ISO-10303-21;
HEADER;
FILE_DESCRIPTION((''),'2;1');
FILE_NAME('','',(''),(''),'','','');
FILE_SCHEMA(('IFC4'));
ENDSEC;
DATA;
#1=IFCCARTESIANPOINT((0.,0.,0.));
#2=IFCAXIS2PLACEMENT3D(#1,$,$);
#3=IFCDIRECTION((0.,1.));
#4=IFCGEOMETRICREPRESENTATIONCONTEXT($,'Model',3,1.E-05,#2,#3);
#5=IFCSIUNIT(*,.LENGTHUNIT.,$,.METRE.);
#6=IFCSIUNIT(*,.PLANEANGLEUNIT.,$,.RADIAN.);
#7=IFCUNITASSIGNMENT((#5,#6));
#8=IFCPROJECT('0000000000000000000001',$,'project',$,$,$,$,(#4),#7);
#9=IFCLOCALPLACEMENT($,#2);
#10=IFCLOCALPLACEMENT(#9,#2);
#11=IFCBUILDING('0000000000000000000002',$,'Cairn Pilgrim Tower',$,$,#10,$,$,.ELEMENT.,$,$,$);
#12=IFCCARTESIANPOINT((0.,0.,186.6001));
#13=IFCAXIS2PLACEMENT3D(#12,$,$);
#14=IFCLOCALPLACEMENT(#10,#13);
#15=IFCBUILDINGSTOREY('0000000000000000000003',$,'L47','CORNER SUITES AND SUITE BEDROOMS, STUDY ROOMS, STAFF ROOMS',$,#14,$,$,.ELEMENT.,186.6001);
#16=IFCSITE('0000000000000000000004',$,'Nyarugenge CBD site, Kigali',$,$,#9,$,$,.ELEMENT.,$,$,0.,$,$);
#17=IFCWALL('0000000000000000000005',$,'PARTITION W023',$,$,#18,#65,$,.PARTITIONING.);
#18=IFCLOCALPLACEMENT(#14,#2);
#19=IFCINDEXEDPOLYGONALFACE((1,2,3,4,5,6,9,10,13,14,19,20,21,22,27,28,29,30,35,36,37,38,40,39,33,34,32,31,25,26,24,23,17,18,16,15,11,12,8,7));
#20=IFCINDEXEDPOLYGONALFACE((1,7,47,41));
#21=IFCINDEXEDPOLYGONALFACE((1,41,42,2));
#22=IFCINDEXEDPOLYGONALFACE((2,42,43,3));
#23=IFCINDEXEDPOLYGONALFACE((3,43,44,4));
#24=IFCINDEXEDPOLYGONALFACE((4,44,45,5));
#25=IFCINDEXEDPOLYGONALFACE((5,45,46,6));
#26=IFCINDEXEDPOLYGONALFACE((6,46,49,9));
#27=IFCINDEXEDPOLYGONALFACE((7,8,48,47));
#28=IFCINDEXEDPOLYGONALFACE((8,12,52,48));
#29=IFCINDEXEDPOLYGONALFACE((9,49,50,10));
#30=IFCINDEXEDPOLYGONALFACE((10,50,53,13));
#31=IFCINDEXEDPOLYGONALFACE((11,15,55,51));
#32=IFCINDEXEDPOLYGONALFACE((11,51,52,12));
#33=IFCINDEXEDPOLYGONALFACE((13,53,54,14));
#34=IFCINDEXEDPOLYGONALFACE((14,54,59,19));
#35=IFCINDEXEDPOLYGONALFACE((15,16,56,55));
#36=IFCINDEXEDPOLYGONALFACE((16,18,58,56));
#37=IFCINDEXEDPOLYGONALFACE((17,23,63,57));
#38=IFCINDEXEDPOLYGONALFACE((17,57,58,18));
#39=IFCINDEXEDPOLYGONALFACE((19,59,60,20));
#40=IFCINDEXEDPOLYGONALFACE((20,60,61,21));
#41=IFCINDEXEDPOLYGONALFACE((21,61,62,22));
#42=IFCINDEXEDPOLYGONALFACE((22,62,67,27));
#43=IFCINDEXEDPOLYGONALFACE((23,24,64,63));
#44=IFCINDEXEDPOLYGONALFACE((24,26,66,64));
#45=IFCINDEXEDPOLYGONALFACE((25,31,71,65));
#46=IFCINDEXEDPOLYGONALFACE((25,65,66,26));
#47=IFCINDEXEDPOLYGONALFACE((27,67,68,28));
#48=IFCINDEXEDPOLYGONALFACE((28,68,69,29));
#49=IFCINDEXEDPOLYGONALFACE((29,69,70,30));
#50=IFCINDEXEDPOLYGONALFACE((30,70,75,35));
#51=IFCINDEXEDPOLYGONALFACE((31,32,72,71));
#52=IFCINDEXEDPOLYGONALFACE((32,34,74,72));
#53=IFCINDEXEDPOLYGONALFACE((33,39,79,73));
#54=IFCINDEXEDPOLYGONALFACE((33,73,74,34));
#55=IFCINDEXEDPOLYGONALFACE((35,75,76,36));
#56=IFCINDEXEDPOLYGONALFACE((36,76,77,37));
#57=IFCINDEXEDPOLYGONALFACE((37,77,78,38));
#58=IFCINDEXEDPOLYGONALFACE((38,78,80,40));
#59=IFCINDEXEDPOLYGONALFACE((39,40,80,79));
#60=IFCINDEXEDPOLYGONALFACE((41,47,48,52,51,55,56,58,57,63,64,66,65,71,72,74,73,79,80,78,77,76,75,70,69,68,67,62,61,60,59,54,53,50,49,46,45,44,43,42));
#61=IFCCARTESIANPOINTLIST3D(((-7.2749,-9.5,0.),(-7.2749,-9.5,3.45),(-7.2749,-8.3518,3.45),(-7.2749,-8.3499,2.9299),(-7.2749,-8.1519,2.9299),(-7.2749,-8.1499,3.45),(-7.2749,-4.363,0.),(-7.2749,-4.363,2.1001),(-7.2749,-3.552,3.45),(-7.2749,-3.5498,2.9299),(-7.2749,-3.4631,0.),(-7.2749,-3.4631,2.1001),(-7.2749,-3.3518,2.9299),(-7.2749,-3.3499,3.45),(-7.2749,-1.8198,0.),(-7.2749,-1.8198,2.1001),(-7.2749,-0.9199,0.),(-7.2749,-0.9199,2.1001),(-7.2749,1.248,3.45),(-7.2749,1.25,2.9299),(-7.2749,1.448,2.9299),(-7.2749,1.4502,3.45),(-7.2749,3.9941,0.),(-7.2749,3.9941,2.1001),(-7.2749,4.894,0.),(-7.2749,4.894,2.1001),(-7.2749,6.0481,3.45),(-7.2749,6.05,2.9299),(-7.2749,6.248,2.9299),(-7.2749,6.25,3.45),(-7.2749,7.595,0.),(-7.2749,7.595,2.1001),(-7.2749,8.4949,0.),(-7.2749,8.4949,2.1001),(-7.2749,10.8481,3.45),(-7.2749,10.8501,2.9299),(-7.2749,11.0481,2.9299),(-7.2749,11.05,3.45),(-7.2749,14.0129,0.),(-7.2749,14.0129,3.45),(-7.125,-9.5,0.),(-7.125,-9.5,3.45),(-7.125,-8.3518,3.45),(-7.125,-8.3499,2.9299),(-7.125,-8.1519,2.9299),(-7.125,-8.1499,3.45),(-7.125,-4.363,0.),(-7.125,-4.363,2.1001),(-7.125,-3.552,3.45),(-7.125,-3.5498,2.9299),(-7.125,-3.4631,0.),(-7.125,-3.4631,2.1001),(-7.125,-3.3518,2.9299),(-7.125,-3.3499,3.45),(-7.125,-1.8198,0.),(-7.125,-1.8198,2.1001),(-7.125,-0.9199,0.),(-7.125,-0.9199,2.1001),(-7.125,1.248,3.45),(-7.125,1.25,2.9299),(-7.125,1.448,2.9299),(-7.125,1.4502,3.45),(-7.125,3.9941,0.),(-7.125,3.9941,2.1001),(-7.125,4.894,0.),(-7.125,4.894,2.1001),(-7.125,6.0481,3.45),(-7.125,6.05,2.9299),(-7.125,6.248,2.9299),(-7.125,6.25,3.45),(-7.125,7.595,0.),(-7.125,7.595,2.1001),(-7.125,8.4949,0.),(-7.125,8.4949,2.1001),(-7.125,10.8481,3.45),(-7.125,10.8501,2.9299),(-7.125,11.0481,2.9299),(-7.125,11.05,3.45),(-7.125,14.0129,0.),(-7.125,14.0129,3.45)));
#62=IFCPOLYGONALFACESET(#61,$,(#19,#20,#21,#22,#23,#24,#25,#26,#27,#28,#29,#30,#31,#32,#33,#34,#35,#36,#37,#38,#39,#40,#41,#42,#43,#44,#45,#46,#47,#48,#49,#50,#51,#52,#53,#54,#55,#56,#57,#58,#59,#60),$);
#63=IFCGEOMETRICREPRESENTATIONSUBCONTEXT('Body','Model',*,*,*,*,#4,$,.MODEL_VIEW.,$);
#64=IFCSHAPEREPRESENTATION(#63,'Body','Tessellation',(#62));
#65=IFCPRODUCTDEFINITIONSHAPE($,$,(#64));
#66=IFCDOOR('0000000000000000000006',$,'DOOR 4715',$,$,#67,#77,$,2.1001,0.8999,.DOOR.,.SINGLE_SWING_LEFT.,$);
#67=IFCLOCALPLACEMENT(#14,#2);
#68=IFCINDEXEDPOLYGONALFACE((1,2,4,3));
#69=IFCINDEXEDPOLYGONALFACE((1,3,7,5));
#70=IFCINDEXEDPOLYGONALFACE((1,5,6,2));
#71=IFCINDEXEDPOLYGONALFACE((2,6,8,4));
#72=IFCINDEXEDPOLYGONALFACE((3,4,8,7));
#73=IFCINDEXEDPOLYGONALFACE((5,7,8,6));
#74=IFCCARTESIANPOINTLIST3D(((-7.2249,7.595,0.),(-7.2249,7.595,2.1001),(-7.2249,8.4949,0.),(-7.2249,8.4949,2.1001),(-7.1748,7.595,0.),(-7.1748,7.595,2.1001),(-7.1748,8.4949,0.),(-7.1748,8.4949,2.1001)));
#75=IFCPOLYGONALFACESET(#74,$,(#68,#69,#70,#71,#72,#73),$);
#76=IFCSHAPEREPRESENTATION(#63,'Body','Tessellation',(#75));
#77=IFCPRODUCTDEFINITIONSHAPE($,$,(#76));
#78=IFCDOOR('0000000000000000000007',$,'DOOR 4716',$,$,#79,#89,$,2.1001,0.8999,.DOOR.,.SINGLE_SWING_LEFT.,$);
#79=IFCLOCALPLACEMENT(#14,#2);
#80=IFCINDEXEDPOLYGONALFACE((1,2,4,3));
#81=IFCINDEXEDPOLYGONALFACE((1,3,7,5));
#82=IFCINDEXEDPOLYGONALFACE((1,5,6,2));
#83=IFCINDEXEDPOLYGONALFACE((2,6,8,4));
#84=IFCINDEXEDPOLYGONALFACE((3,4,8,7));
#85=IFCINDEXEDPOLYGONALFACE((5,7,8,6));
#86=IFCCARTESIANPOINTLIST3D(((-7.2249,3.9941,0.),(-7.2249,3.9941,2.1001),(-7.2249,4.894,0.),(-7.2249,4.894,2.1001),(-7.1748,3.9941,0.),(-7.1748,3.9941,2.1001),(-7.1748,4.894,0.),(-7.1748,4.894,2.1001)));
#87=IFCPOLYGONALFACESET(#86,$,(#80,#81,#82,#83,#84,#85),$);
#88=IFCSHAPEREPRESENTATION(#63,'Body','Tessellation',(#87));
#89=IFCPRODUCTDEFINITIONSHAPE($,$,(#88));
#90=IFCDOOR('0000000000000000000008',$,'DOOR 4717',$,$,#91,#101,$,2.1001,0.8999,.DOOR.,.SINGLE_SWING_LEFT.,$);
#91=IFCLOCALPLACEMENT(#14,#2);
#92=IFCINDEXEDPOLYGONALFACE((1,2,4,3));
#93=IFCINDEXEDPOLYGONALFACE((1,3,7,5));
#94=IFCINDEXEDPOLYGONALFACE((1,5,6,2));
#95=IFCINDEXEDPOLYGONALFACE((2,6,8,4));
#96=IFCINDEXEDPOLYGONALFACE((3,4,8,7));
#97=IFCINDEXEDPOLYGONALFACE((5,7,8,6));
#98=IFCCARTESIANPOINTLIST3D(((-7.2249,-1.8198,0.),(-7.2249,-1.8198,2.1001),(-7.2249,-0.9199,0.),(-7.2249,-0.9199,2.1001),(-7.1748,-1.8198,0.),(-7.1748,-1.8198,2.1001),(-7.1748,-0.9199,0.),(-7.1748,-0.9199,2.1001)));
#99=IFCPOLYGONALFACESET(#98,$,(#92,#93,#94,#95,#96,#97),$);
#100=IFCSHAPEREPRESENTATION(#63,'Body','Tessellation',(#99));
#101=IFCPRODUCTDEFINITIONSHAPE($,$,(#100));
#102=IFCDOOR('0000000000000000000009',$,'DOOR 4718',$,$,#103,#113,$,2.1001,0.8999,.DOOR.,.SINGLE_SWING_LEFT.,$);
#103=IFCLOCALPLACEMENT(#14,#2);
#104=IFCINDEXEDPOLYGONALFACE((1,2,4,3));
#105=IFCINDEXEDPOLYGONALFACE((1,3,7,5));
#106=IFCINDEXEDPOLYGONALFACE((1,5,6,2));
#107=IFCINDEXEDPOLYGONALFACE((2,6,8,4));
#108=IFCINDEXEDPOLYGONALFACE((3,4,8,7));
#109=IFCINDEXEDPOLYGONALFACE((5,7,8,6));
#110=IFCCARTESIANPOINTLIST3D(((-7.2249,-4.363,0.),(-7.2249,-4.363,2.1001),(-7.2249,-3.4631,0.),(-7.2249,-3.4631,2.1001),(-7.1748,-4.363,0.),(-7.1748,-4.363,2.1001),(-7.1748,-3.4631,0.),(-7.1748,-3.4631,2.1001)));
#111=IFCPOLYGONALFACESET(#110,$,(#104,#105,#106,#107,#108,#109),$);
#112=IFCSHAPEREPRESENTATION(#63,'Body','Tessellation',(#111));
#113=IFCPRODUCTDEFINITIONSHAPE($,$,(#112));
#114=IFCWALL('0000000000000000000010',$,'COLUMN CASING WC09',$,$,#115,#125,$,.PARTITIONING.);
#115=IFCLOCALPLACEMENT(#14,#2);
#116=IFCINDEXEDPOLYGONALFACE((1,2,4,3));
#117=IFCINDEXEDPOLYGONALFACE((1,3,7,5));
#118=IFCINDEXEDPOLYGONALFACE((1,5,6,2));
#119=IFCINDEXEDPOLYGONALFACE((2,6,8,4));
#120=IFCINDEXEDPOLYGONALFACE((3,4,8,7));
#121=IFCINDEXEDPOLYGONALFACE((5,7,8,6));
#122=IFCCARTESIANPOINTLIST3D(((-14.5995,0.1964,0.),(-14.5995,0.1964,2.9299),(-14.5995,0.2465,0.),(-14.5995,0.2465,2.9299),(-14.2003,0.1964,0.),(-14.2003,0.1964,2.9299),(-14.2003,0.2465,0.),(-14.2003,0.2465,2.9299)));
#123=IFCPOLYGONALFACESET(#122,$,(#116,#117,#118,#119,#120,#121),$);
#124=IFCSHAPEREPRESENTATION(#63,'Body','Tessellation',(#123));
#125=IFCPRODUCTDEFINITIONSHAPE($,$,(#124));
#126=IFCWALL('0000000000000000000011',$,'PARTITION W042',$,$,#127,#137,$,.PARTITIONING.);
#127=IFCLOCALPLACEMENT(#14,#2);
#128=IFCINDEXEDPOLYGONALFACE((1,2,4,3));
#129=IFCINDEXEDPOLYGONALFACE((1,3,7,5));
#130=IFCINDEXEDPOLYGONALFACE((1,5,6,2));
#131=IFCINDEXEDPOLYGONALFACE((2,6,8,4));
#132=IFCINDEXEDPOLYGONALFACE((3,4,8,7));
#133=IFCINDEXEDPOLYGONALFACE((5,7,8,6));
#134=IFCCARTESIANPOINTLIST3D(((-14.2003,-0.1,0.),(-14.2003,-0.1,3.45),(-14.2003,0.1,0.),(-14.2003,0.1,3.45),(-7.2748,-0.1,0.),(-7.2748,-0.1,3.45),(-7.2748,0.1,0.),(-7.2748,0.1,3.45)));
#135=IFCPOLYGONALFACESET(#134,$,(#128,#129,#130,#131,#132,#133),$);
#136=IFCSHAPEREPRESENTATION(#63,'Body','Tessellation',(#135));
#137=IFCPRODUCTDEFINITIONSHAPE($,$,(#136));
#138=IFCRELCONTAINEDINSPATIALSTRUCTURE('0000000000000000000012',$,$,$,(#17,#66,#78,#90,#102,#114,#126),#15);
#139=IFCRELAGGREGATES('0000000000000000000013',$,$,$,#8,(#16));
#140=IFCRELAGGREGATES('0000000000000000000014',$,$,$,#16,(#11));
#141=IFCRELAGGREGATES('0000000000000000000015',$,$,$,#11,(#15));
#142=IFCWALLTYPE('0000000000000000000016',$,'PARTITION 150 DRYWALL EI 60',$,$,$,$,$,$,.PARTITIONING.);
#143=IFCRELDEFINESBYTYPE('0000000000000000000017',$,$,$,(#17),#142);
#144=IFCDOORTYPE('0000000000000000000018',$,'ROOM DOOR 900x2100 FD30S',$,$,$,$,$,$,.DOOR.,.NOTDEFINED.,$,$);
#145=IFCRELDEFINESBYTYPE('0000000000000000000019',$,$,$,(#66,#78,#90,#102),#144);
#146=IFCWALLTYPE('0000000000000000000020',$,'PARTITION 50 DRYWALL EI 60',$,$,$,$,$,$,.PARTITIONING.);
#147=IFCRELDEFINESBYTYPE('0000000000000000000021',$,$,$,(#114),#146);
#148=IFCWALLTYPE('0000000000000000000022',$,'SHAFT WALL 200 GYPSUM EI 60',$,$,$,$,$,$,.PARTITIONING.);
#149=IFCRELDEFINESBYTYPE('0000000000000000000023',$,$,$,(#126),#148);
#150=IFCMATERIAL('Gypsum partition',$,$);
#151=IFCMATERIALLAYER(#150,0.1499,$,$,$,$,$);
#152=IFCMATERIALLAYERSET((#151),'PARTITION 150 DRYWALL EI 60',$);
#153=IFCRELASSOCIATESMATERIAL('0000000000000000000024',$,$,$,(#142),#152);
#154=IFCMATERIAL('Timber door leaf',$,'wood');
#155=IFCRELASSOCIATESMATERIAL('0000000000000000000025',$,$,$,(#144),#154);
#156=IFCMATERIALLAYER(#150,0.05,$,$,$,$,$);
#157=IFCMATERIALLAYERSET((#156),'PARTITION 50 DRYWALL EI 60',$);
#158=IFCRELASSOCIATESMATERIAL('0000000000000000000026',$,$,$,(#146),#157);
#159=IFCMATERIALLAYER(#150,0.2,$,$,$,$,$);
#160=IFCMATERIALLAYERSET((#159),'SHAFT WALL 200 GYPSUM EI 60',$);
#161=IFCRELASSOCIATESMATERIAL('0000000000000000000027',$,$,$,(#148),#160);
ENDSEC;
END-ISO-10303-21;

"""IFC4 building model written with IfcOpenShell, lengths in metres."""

from ifc_helpers import new_model, si_unit, direction, frame, frame_2d, origin, place, context, subcontext, project, spatial, polyline, rectangle, outline, extrude, material, layer, layer_set, type_object, element, fill, save


model = new_model("IFC4")

# Units and contexts
model_context = context("Model", 3, precision=1e-05, world=origin(), true_north=direction((0.0, 1.0)))
body_context = subcontext(model_context, "Body", "Model", "MODEL_VIEW")
ifc_project = project(units=[si_unit("LENGTHUNIT", "METRE"), si_unit("PLANEANGLEUNIT", "RADIAN")], contexts=[model_context])

# Site, building, storey
site_placement = place(None, origin())
site = spatial("IfcSite", under=ifc_project, at=site_placement, Name="Nyarugenge CBD site, Kigali", CompositionType="ELEMENT", RefElevation=0.0)
building_placement = place(site_placement, origin())
building = spatial("IfcBuilding", under=site, at=building_placement, Name="Cairn Pilgrim Tower", CompositionType="ELEMENT")
storey_placement = place(building_placement, frame((0.0, 0.0, 186.6001)))
storey = spatial("IfcBuildingStorey", under=building, at=storey_placement, Name="L47", Description="CORNER SUITES AND SUITE BEDROOMS, STUDY ROOMS, STAFF ROOMS", CompositionType="ELEMENT", Elevation=186.6001)

# Shared definitions
ifc_material_1 = material(Name="Gypsum partition")

# Shared definitions
ifc_material_2 = material(Name="Timber door leaf", Category="wood")

# Shared definitions
ifc_layer_1 = layer(ifc_material_1, 0.1499)
ifc_layer_set_1 = layer_set([ifc_layer_1], Name="PARTITION 150 DRYWALL EI 60")
wall_type_1 = type_object("IfcWallType", Name="PARTITION 150 DRYWALL EI 60", PredefinedType="PARTITIONING", material=ifc_layer_set_1)

# Wall, openings, doors
wall_1_placement = place(storey_placement, frame((-7.2, -9.5, 0.0), z_axis=(0.0, 0.0, 1.0), x_axis=(0.0, 1.0, 0.0)))
wall_1 = element("IfcWall", 1, at=wall_1_placement, inside=storey, type_object=wall_type_1, Name="PARTITION W023", PredefinedType="PARTITIONING", context=body_context, shape_type="SweptSolid", body=[
    extrude(outline(polyline([(0.0, 0.0), (23.5129, 0.0), (23.5129, 3.45), (20.55, 3.45), (20.5481, 2.9299), (20.3501, 2.9299), (20.3481, 3.45), (15.75, 3.45), (15.748, 2.9299), (15.55, 2.9299), (15.5481, 3.45), (10.9502, 3.45), (10.948, 2.9299), (10.75, 2.9299), (10.748, 3.45), (6.1501, 3.45), (6.1482, 2.9299), (5.9502, 2.9299), (5.948, 3.45), (1.3501, 3.45), (1.3481, 2.9299), (1.1501, 2.9299), (1.1482, 3.45), (0.0, 3.45), (0.0, 0.0)])), frame((0.0, 0.075, 0.0), z_axis=(0.0, -1.0, 0.0), x_axis=(1.0, 0.0, 0.0)), (0.0, 0.0, 1.0), 0.1499),
])
opening_1_placement = place(wall_1_placement, frame((17.095, 0.0, 0.0)))
opening_1 = element("IfcOpeningElement", 2, at=opening_1_placement, cuts=wall_1, PredefinedType="OPENING", context=body_context, shape_type="SweptSolid", body=[
    extrude(rectangle(XDim=0.8999, YDim=2.1001, at=frame_2d((0.45, 1.05))), frame((0.0, 0.085, 0.0), z_axis=(0.0, -1.0, 0.0), x_axis=(1.0, 0.0, 0.0)), (0.0, 0.0, 1.0), 0.1699),
])
opening_2_placement = place(wall_1_placement, frame((13.4941, 0.0, 0.0)))
opening_2 = element("IfcOpeningElement", 3, at=opening_2_placement, cuts=wall_1, PredefinedType="OPENING", context=body_context, shape_type="SweptSolid", body=[
    extrude(rectangle(XDim=0.8999, YDim=2.1001, at=frame_2d((0.45, 1.05))), frame((0.0, 0.085, 0.0), z_axis=(0.0, -1.0, 0.0), x_axis=(1.0, 0.0, 0.0)), (0.0, 0.0, 1.0), 0.1699),
])
opening_3_placement = place(wall_1_placement, frame((7.6802, 0.0, 0.0)))
opening_3 = element("IfcOpeningElement", 4, at=opening_3_placement, cuts=wall_1, PredefinedType="OPENING", context=body_context, shape_type="SweptSolid", body=[
    extrude(rectangle(XDim=0.8999, YDim=2.1001, at=frame_2d((0.45, 1.05))), frame((0.0, 0.085, 0.0), z_axis=(0.0, -1.0, 0.0), x_axis=(1.0, 0.0, 0.0)), (0.0, 0.0, 1.0), 0.1699),
])
opening_4_placement = place(wall_1_placement, frame((5.137, 0.0, 0.0)))
opening_4 = element("IfcOpeningElement", 5, at=opening_4_placement, cuts=wall_1, PredefinedType="OPENING", context=body_context, shape_type="SweptSolid", body=[
    extrude(rectangle(XDim=0.8999, YDim=2.1001, at=frame_2d((0.45, 1.05))), frame((0.0, 0.085, 0.0), z_axis=(0.0, -1.0, 0.0), x_axis=(1.0, 0.0, 0.0)), (0.0, 0.0, 1.0), 0.1699),
])
door_type_1 = type_object("IfcDoorType", Name="ROOM DOOR 900x2100 FD30S", OperationType="NOTDEFINED", PredefinedType="DOOR", material=ifc_material_2)
door_1_placement = place(opening_1_placement, origin())
door_1 = element("IfcDoor", 6, at=door_1_placement, inside=storey, type_object=door_type_1, Name="DOOR 4715", OperationType="SINGLE_SWING_LEFT", OverallHeight=2.1001, OverallWidth=0.8999, PredefinedType="DOOR", context=body_context, shape_type="SweptSolid", body=[
    extrude(rectangle(XDim=0.8999, YDim=2.1001, at=frame_2d((0.45, 1.05))), frame((0.0, 0.0249, 0.0), z_axis=(0.0, -1.0, 0.0), x_axis=(1.0, 0.0, 0.0)), (0.0, 0.0, 1.0), 0.05),
])
fill(opening_1, door_1)
door_2_placement = place(opening_2_placement, origin())
door_2 = element("IfcDoor", 7, at=door_2_placement, inside=storey, type_object=door_type_1, Name="DOOR 4716", OperationType="SINGLE_SWING_LEFT", OverallHeight=2.1001, OverallWidth=0.8999, PredefinedType="DOOR", context=body_context, shape_type="SweptSolid", body=[
    extrude(rectangle(XDim=0.8999, YDim=2.1001, at=frame_2d((0.45, 1.05))), frame((0.0, 0.0249, 0.0), z_axis=(0.0, -1.0, 0.0), x_axis=(1.0, 0.0, 0.0)), (0.0, 0.0, 1.0), 0.05),
])
fill(opening_2, door_2)
door_3_placement = place(opening_3_placement, origin())
door_3 = element("IfcDoor", 8, at=door_3_placement, inside=storey, type_object=door_type_1, Name="DOOR 4717", OperationType="SINGLE_SWING_LEFT", OverallHeight=2.1001, OverallWidth=0.8999, PredefinedType="DOOR", context=body_context, shape_type="SweptSolid", body=[
    extrude(rectangle(XDim=0.8999, YDim=2.1001, at=frame_2d((0.45, 1.05))), frame((0.0, 0.0249, 0.0), z_axis=(0.0, -1.0, 0.0), x_axis=(1.0, 0.0, 0.0)), (0.0, 0.0, 1.0), 0.05),
])
fill(opening_3, door_3)
door_4_placement = place(opening_4_placement, origin())
door_4 = element("IfcDoor", 9, at=door_4_placement, inside=storey, type_object=door_type_1, Name="DOOR 4718", OperationType="SINGLE_SWING_LEFT", OverallHeight=2.1001, OverallWidth=0.8999, PredefinedType="DOOR", context=body_context, shape_type="SweptSolid", body=[
    extrude(rectangle(XDim=0.8999, YDim=2.1001, at=frame_2d((0.45, 1.05))), frame((0.0, 0.0249, 0.0), z_axis=(0.0, -1.0, 0.0), x_axis=(1.0, 0.0, 0.0)), (0.0, 0.0, 1.0), 0.05),
])
fill(opening_4, door_4)

# Walls
ifc_layer_2 = layer(ifc_material_1, 0.05)
ifc_layer_set_2 = layer_set([ifc_layer_2], Name="PARTITION 50 DRYWALL EI 60")
wall_type_2 = type_object("IfcWallType", Name="PARTITION 50 DRYWALL EI 60", PredefinedType="PARTITIONING", material=ifc_layer_set_2)
wall_2_placement = place(storey_placement, frame((-14.5996, 0.2214, 0.0), z_axis=(0.0, 0.0, 1.0), x_axis=(1.0, 0.0, 0.0)))
element("IfcWall", 10, at=wall_2_placement, inside=storey, type_object=wall_type_2, Name="COLUMN CASING WC09", PredefinedType="PARTITIONING", context=body_context, shape_type="SweptSolid", body=[
    extrude(rectangle(XDim=0.3992, YDim=0.05, at=frame_2d((0.1997, 0.0))), origin(), (0.0, 0.0, 1.0), 2.9299),
])
ifc_layer_3 = layer(ifc_material_1, 0.2)
ifc_layer_set_3 = layer_set([ifc_layer_3], Name="SHAFT WALL 200 GYPSUM EI 60")
wall_type_3 = type_object("IfcWallType", Name="SHAFT WALL 200 GYPSUM EI 60", PredefinedType="PARTITIONING", material=ifc_layer_set_3)
wall_3_placement = place(storey_placement, frame((-14.2004, 0.0, 0.0), z_axis=(0.0, 0.0, 1.0), x_axis=(1.0, 0.0, 0.0)))
element("IfcWall", 11, at=wall_3_placement, inside=storey, type_object=wall_type_3, Name="PARTITION W042", PredefinedType="PARTITIONING", context=body_context, shape_type="SweptSolid", body=[
    extrude(rectangle(XDim=6.9255, YDim=0.2, at=frame_2d((3.4629, 0.0))), origin(), (0.0, 0.0, 1.0), 3.45),
])

save(model, "model.ifc")
